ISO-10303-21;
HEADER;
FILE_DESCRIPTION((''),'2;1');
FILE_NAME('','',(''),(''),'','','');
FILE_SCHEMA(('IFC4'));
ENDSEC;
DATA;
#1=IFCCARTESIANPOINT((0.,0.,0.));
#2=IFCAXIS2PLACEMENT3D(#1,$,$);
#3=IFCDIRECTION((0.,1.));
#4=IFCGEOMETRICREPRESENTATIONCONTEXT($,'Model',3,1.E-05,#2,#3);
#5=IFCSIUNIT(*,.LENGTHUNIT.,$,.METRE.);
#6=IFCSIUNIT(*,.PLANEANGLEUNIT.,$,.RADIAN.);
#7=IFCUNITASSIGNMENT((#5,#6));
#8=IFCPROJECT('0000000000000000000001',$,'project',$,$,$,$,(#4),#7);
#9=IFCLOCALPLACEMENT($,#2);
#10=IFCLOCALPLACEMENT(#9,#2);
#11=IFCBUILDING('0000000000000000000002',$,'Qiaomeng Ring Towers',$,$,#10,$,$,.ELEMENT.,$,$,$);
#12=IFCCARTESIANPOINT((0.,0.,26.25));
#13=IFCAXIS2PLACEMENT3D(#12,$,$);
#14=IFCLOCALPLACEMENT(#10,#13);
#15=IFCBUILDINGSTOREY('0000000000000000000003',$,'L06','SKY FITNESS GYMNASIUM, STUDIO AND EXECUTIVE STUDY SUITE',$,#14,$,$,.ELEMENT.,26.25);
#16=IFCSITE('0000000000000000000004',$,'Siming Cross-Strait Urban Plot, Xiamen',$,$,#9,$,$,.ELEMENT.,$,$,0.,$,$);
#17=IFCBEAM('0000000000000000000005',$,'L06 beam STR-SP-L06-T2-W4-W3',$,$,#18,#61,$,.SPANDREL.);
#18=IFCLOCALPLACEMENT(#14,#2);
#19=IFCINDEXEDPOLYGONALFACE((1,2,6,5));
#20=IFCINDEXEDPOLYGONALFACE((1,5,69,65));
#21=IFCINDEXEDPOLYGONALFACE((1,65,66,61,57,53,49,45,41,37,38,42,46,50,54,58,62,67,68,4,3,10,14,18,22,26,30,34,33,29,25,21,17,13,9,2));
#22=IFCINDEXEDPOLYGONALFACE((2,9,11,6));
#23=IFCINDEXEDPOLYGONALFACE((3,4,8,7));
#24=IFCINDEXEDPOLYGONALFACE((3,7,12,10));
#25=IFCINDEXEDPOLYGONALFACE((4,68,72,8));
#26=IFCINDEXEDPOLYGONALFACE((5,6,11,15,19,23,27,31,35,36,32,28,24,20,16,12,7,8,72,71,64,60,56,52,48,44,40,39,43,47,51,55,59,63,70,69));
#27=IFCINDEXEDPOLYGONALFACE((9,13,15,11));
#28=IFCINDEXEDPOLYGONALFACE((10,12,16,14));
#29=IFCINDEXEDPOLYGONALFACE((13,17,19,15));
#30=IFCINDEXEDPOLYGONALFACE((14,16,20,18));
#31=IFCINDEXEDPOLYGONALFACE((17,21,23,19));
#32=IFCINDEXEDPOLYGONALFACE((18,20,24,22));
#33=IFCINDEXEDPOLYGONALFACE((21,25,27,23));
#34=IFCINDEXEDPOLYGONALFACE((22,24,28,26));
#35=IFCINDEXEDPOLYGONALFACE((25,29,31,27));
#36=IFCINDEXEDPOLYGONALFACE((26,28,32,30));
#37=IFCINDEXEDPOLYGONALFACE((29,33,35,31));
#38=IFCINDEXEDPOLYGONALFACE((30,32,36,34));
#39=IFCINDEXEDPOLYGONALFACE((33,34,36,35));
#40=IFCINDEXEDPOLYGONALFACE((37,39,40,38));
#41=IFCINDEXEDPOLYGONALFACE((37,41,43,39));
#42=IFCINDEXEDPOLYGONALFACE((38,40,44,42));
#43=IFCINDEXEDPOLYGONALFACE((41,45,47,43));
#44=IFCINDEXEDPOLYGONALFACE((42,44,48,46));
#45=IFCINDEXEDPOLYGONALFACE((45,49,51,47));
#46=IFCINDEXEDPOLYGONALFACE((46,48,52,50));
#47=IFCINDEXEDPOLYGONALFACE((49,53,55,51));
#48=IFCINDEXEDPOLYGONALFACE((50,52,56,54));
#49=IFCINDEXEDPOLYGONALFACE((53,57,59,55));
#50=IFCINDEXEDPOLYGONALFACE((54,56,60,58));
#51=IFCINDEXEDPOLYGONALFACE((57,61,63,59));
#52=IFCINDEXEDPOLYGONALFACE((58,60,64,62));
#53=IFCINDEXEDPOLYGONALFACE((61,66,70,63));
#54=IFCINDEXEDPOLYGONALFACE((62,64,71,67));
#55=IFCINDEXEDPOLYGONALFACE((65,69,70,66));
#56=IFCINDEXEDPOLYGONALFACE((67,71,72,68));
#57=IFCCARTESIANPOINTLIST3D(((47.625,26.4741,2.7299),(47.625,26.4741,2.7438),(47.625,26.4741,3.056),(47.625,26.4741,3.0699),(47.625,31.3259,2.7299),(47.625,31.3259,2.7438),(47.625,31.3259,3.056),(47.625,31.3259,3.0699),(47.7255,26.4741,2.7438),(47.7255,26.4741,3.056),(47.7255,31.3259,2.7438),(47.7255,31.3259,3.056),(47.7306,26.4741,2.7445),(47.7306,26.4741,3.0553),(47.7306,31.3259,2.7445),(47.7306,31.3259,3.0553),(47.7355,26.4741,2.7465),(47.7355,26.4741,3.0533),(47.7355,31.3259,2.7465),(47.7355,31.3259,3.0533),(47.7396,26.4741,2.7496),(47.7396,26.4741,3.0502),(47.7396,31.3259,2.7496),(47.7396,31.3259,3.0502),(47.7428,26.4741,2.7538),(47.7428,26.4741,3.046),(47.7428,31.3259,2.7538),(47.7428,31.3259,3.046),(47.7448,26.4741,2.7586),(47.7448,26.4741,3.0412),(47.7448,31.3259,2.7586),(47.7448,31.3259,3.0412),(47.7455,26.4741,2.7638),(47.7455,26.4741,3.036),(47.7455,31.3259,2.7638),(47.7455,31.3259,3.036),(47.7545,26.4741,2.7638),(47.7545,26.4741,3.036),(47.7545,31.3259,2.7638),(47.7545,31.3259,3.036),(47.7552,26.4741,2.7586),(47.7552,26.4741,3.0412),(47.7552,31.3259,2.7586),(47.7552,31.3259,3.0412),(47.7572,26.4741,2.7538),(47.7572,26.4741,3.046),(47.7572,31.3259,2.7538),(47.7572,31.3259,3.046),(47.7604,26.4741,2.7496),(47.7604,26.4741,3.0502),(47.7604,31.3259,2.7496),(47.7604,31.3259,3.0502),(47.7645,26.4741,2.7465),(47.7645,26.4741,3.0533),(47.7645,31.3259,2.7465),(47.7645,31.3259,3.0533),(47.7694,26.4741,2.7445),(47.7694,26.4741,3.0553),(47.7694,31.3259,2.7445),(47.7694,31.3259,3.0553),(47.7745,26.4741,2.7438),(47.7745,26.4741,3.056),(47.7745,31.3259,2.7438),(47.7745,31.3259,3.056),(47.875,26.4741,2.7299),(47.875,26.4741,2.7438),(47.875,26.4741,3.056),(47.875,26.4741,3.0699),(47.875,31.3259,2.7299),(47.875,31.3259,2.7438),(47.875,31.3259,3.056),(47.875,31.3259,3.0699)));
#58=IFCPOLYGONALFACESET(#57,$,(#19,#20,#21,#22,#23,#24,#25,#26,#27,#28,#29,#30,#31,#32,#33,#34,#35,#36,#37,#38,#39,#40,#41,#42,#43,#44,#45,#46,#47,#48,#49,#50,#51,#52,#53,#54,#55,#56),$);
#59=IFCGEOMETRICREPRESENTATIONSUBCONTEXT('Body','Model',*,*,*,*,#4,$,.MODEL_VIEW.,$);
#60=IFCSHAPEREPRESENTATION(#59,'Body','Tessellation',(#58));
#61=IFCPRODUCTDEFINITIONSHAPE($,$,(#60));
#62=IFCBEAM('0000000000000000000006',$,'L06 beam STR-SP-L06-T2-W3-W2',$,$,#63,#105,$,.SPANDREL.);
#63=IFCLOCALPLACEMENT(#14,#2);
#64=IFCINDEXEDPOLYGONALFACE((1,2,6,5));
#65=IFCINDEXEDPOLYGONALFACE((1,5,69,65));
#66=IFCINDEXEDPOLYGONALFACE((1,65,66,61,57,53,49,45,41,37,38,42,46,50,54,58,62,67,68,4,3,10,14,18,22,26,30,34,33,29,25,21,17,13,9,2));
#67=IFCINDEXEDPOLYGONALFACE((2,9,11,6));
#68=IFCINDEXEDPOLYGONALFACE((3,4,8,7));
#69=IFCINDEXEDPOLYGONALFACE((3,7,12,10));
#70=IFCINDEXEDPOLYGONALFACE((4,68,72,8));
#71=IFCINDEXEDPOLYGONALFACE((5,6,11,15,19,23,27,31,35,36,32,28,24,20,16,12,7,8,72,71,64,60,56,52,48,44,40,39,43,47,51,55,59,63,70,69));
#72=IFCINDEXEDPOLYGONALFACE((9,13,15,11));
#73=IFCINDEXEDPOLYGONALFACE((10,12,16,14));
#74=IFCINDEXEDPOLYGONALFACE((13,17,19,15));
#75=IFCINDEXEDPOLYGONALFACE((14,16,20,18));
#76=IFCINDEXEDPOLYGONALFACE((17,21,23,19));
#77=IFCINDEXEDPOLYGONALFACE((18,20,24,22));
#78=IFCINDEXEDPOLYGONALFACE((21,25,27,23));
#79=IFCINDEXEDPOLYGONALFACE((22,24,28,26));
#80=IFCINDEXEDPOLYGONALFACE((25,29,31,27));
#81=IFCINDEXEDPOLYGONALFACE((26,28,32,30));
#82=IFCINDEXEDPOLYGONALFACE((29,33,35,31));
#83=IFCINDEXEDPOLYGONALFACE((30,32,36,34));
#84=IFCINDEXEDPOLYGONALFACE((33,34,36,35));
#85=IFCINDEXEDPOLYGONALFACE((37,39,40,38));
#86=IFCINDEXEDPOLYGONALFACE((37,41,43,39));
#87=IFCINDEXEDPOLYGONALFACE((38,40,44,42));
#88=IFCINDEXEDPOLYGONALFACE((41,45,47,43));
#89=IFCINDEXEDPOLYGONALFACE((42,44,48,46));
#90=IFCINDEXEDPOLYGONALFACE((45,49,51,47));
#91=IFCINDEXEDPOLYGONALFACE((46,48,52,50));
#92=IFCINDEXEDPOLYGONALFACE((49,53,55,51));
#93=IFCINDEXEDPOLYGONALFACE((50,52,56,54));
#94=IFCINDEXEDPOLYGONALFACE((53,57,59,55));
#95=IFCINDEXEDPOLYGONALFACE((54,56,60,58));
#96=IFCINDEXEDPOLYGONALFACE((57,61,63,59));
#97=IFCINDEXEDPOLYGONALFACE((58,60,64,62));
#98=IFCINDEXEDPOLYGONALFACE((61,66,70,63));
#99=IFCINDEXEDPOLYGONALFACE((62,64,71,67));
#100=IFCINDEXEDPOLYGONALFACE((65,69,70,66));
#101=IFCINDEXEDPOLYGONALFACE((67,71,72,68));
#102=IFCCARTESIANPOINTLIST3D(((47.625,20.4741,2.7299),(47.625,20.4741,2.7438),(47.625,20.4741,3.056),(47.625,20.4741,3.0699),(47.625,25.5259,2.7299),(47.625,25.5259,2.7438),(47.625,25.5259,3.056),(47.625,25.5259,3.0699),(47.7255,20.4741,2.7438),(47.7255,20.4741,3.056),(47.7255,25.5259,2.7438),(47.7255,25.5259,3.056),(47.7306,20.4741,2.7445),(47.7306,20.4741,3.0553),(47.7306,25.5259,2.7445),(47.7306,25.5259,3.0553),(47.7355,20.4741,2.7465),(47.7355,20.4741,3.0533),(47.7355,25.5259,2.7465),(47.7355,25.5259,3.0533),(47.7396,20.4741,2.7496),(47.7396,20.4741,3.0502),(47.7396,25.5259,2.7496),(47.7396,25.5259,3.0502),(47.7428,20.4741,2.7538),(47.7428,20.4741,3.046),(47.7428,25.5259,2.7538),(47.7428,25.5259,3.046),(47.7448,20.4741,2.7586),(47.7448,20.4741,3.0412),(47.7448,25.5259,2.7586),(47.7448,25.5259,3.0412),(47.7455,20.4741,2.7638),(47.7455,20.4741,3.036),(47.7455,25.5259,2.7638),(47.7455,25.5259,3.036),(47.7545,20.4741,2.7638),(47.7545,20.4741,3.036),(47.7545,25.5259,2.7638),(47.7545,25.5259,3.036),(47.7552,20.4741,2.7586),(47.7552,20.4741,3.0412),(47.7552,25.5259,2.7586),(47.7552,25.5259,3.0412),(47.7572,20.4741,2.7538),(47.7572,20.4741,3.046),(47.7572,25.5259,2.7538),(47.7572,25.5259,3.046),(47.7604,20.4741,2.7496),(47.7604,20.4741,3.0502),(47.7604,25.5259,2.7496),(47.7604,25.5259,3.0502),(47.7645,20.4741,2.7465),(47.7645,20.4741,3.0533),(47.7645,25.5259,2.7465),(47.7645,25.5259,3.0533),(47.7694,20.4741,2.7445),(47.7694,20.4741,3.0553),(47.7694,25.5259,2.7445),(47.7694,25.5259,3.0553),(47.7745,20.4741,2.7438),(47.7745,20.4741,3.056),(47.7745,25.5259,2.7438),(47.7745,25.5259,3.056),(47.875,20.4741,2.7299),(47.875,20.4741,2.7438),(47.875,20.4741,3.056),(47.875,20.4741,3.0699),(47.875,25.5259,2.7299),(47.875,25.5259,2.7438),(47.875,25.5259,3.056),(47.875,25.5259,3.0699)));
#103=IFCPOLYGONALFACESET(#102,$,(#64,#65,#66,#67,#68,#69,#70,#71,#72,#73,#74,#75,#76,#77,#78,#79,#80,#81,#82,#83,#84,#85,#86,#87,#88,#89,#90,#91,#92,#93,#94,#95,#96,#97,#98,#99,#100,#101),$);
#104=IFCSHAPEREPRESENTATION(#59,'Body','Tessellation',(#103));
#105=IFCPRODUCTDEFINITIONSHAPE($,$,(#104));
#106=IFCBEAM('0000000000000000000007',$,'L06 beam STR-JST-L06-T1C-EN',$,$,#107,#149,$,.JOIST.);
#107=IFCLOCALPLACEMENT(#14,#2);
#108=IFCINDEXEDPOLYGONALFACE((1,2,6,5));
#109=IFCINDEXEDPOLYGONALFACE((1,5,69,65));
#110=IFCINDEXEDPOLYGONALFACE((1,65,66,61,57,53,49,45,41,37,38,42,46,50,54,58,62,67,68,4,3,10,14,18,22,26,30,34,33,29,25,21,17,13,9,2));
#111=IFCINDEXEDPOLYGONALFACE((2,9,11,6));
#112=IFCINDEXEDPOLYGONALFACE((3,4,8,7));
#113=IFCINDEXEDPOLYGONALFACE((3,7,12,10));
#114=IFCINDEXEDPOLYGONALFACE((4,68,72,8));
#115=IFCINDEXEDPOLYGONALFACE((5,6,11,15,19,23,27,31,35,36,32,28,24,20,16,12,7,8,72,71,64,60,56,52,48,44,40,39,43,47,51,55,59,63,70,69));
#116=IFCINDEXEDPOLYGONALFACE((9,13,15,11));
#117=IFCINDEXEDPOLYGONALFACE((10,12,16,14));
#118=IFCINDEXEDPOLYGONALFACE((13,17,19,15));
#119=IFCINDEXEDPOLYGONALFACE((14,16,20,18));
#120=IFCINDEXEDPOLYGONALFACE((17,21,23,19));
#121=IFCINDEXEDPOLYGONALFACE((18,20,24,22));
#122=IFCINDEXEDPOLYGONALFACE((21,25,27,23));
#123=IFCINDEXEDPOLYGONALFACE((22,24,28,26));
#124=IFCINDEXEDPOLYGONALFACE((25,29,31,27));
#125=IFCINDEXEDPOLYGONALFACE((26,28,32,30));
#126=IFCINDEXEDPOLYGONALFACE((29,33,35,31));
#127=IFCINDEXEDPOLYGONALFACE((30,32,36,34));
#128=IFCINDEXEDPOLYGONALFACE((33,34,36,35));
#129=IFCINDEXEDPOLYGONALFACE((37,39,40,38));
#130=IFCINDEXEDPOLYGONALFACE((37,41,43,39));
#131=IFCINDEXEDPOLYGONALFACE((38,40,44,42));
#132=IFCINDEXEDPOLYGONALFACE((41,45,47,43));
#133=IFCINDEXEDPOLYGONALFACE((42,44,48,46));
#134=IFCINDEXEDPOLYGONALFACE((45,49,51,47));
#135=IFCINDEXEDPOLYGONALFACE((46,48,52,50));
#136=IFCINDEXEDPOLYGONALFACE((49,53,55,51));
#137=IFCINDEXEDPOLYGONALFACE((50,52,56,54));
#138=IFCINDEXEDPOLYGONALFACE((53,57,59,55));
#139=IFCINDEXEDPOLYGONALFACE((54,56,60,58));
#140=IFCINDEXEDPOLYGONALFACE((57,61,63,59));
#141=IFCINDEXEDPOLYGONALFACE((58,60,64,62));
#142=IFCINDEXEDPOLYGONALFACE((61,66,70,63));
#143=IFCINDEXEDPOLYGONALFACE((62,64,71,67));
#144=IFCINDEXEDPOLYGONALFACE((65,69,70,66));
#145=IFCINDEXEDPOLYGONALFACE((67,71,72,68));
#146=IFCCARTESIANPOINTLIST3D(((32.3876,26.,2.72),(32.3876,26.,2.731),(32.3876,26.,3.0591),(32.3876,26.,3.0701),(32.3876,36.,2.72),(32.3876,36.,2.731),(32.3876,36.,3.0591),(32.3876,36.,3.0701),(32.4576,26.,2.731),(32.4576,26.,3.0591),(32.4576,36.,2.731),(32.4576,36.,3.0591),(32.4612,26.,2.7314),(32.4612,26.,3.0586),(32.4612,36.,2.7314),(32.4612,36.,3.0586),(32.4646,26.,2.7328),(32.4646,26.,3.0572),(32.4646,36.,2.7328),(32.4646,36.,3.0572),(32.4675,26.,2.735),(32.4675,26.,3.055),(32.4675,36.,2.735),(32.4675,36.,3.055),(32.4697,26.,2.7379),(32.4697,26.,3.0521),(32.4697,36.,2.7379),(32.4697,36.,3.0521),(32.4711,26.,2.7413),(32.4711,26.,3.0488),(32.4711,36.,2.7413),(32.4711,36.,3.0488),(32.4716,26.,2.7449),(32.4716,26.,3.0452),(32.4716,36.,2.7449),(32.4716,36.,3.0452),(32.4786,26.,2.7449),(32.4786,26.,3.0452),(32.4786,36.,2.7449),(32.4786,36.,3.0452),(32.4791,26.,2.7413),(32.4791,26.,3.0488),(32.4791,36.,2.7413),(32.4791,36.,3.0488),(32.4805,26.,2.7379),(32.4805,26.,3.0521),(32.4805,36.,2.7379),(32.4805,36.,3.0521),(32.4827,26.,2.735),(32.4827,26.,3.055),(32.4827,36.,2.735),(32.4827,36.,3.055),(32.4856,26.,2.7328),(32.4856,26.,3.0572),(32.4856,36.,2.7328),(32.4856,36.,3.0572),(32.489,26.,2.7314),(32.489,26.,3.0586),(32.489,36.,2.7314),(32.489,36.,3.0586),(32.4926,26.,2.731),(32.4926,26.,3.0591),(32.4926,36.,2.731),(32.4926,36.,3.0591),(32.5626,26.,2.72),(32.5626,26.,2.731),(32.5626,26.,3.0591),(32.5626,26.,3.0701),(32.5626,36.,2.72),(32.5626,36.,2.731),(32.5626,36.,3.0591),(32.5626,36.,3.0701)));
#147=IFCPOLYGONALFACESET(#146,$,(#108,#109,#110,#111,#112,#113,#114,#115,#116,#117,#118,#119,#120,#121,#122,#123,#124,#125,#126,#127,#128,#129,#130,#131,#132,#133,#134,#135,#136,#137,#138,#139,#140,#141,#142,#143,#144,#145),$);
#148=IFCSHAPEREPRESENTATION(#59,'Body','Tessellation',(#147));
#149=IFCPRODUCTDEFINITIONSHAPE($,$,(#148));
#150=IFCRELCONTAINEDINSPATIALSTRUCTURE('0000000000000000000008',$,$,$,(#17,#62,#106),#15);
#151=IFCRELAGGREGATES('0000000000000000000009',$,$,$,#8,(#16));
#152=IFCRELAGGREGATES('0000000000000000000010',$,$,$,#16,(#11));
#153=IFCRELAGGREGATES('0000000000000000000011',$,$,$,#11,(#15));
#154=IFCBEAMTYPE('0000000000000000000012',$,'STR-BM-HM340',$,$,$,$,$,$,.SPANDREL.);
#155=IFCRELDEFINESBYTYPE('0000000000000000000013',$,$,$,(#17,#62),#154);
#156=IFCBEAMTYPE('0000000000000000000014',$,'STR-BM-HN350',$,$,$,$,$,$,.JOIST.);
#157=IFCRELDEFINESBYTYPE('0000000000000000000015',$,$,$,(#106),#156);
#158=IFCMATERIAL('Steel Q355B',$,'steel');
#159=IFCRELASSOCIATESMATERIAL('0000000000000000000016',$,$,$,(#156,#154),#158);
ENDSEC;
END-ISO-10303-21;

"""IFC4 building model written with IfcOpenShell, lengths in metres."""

from ifc_helpers import new_model, si_unit, direction, frame, origin, origin_2d, place, context, subcontext, project, spatial, i_section, extrude, source, transform, mapped, material, material_profile, profile_set, type_object, element, save


model = new_model("IFC4")

# Units and contexts
model_context = context("Model", 3, precision=1e-05, world=origin(), true_north=direction((0.0, 1.0)))
body_context = subcontext(model_context, "Body", "Model", "MODEL_VIEW")
ifc_project = project(units=[si_unit("LENGTHUNIT", "METRE"), si_unit("PLANEANGLEUNIT", "RADIAN")], contexts=[model_context])

# Site, building, storey
site_placement = place(None, origin())
site = spatial("IfcSite", under=ifc_project, at=site_placement, Name="Siming Cross-Strait Urban Plot, Xiamen", CompositionType="ELEMENT", RefElevation=0.0)
building_placement = place(site_placement, origin())
building = spatial("IfcBuilding", under=site, at=building_placement, Name="Qiaomeng Ring Towers", CompositionType="ELEMENT")
storey_placement = place(building_placement, frame((0.0, 0.0, 26.25)))
storey = spatial("IfcBuildingStorey", under=building, at=storey_placement, Name="L06", Description="SKY FITNESS GYMNASIUM, STUDIO AND EXECUTIVE STUDY SUITE", CompositionType="ELEMENT", Elevation=26.25)

# Beams
ifc_material_1 = material(Name="Steel Q355B", Category="steel")
ifc_material_profile_1 = material_profile(ifc_material_1, i_section(OverallWidth=0.175, OverallDepth=0.3501, WebThickness=0.0071, FlangeThickness=0.011, FilletRadius=0.0139, at=origin_2d()), Name="HN 350x175x7x11")
ifc_profile_set_1 = profile_set([ifc_material_profile_1], Name="Steel Q355B")
beam_type_1 = type_object("IfcBeamType", Name="STR-BM-HN350", PredefinedType="JOIST", material=ifc_profile_set_1)
ifc_material_profile_2 = material_profile(ifc_material_1, i_section(OverallWidth=0.25, OverallDepth=0.3401, WebThickness=0.009, FlangeThickness=0.0139, FilletRadius=0.02, at=origin_2d()), Name="HM 340x250x9x14")
ifc_profile_set_2 = profile_set([ifc_material_profile_2], Name="Steel Q355B")
beam_type_2 = type_object("IfcBeamType", Name="STR-BM-HM340", PredefinedType="SPANDREL", material=ifc_profile_set_2)
shared_shape_1 = source(origin(), body_context, "Body", "SweptSolid", [
    extrude(i_section(OverallWidth=0.25, OverallDepth=0.3401, WebThickness=0.009, FlangeThickness=0.0139, FilletRadius=0.02, at=origin_2d()), origin(), (0.0, 0.0, 1.0), 4.8518),
])
beam_1_placement = place(storey_placement, frame((47.75, 31.3259, 2.8999), z_axis=(0.0, -1.0, 0.0), x_axis=(1.0, 0.0, 0.0)))
element("IfcBeam", 1, at=beam_1_placement, inside=storey, type_object=beam_type_2, Name="L06 beam STR-SP-L06-T2-W4-W3", PredefinedType="SPANDREL", context=body_context, shape_type="MappedRepresentation", body=[
    mapped(shared_shape_1, transform((0.0, 0.0, 0.0), x_axis=(1.0, 0.0, 0.0), y_axis=(0.0, 1.0, 0.0), z_axis=(0.0, 0.0, 1.0), scale=1.0)),
])
shared_shape_2 = source(origin(), body_context, "Body", "SweptSolid", [
    extrude(i_section(OverallWidth=0.25, OverallDepth=0.3401, WebThickness=0.009, FlangeThickness=0.0139, FilletRadius=0.02, at=origin_2d()), origin(), (0.0, 0.0, 1.0), 5.0518),
])
beam_2_placement = place(storey_placement, frame((47.75, 25.5259, 2.8999), z_axis=(0.0, -1.0, 0.0), x_axis=(1.0, 0.0, 0.0)))
element("IfcBeam", 2, at=beam_2_placement, inside=storey, type_object=beam_type_2, Name="L06 beam STR-SP-L06-T2-W3-W2", PredefinedType="SPANDREL", context=body_context, shape_type="MappedRepresentation", body=[
    mapped(shared_shape_2, transform((0.0, 0.0, 0.0), x_axis=(1.0, 0.0, 0.0), y_axis=(0.0, 1.0, 0.0), z_axis=(0.0, 0.0, 1.0), scale=1.0)),
])
shared_shape_3 = source(origin(), body_context, "Body", "SweptSolid", [
    extrude(i_section(OverallWidth=0.175, OverallDepth=0.3501, WebThickness=0.0071, FlangeThickness=0.011, FilletRadius=0.0139, at=origin_2d()), origin(), (0.0, 0.0, 1.0), 10.0),
])
beam_3_placement = place(storey_placement, frame((32.4751, 26.0, 2.895), z_axis=(0.0, 1.0, 0.0), x_axis=(-1.0, 0.0, 0.0)))
element("IfcBeam", 3, at=beam_3_placement, inside=storey, type_object=beam_type_1, Name="L06 beam STR-JST-L06-T1C-EN", PredefinedType="JOIST", context=body_context, shape_type="MappedRepresentation", body=[
    mapped(shared_shape_3, transform((0.0, 0.0, 0.0), x_axis=(1.0, 0.0, 0.0), y_axis=(0.0, 1.0, 0.0), z_axis=(0.0, 0.0, 1.0), scale=1.0)),
])

save(model, "model.ifc")
